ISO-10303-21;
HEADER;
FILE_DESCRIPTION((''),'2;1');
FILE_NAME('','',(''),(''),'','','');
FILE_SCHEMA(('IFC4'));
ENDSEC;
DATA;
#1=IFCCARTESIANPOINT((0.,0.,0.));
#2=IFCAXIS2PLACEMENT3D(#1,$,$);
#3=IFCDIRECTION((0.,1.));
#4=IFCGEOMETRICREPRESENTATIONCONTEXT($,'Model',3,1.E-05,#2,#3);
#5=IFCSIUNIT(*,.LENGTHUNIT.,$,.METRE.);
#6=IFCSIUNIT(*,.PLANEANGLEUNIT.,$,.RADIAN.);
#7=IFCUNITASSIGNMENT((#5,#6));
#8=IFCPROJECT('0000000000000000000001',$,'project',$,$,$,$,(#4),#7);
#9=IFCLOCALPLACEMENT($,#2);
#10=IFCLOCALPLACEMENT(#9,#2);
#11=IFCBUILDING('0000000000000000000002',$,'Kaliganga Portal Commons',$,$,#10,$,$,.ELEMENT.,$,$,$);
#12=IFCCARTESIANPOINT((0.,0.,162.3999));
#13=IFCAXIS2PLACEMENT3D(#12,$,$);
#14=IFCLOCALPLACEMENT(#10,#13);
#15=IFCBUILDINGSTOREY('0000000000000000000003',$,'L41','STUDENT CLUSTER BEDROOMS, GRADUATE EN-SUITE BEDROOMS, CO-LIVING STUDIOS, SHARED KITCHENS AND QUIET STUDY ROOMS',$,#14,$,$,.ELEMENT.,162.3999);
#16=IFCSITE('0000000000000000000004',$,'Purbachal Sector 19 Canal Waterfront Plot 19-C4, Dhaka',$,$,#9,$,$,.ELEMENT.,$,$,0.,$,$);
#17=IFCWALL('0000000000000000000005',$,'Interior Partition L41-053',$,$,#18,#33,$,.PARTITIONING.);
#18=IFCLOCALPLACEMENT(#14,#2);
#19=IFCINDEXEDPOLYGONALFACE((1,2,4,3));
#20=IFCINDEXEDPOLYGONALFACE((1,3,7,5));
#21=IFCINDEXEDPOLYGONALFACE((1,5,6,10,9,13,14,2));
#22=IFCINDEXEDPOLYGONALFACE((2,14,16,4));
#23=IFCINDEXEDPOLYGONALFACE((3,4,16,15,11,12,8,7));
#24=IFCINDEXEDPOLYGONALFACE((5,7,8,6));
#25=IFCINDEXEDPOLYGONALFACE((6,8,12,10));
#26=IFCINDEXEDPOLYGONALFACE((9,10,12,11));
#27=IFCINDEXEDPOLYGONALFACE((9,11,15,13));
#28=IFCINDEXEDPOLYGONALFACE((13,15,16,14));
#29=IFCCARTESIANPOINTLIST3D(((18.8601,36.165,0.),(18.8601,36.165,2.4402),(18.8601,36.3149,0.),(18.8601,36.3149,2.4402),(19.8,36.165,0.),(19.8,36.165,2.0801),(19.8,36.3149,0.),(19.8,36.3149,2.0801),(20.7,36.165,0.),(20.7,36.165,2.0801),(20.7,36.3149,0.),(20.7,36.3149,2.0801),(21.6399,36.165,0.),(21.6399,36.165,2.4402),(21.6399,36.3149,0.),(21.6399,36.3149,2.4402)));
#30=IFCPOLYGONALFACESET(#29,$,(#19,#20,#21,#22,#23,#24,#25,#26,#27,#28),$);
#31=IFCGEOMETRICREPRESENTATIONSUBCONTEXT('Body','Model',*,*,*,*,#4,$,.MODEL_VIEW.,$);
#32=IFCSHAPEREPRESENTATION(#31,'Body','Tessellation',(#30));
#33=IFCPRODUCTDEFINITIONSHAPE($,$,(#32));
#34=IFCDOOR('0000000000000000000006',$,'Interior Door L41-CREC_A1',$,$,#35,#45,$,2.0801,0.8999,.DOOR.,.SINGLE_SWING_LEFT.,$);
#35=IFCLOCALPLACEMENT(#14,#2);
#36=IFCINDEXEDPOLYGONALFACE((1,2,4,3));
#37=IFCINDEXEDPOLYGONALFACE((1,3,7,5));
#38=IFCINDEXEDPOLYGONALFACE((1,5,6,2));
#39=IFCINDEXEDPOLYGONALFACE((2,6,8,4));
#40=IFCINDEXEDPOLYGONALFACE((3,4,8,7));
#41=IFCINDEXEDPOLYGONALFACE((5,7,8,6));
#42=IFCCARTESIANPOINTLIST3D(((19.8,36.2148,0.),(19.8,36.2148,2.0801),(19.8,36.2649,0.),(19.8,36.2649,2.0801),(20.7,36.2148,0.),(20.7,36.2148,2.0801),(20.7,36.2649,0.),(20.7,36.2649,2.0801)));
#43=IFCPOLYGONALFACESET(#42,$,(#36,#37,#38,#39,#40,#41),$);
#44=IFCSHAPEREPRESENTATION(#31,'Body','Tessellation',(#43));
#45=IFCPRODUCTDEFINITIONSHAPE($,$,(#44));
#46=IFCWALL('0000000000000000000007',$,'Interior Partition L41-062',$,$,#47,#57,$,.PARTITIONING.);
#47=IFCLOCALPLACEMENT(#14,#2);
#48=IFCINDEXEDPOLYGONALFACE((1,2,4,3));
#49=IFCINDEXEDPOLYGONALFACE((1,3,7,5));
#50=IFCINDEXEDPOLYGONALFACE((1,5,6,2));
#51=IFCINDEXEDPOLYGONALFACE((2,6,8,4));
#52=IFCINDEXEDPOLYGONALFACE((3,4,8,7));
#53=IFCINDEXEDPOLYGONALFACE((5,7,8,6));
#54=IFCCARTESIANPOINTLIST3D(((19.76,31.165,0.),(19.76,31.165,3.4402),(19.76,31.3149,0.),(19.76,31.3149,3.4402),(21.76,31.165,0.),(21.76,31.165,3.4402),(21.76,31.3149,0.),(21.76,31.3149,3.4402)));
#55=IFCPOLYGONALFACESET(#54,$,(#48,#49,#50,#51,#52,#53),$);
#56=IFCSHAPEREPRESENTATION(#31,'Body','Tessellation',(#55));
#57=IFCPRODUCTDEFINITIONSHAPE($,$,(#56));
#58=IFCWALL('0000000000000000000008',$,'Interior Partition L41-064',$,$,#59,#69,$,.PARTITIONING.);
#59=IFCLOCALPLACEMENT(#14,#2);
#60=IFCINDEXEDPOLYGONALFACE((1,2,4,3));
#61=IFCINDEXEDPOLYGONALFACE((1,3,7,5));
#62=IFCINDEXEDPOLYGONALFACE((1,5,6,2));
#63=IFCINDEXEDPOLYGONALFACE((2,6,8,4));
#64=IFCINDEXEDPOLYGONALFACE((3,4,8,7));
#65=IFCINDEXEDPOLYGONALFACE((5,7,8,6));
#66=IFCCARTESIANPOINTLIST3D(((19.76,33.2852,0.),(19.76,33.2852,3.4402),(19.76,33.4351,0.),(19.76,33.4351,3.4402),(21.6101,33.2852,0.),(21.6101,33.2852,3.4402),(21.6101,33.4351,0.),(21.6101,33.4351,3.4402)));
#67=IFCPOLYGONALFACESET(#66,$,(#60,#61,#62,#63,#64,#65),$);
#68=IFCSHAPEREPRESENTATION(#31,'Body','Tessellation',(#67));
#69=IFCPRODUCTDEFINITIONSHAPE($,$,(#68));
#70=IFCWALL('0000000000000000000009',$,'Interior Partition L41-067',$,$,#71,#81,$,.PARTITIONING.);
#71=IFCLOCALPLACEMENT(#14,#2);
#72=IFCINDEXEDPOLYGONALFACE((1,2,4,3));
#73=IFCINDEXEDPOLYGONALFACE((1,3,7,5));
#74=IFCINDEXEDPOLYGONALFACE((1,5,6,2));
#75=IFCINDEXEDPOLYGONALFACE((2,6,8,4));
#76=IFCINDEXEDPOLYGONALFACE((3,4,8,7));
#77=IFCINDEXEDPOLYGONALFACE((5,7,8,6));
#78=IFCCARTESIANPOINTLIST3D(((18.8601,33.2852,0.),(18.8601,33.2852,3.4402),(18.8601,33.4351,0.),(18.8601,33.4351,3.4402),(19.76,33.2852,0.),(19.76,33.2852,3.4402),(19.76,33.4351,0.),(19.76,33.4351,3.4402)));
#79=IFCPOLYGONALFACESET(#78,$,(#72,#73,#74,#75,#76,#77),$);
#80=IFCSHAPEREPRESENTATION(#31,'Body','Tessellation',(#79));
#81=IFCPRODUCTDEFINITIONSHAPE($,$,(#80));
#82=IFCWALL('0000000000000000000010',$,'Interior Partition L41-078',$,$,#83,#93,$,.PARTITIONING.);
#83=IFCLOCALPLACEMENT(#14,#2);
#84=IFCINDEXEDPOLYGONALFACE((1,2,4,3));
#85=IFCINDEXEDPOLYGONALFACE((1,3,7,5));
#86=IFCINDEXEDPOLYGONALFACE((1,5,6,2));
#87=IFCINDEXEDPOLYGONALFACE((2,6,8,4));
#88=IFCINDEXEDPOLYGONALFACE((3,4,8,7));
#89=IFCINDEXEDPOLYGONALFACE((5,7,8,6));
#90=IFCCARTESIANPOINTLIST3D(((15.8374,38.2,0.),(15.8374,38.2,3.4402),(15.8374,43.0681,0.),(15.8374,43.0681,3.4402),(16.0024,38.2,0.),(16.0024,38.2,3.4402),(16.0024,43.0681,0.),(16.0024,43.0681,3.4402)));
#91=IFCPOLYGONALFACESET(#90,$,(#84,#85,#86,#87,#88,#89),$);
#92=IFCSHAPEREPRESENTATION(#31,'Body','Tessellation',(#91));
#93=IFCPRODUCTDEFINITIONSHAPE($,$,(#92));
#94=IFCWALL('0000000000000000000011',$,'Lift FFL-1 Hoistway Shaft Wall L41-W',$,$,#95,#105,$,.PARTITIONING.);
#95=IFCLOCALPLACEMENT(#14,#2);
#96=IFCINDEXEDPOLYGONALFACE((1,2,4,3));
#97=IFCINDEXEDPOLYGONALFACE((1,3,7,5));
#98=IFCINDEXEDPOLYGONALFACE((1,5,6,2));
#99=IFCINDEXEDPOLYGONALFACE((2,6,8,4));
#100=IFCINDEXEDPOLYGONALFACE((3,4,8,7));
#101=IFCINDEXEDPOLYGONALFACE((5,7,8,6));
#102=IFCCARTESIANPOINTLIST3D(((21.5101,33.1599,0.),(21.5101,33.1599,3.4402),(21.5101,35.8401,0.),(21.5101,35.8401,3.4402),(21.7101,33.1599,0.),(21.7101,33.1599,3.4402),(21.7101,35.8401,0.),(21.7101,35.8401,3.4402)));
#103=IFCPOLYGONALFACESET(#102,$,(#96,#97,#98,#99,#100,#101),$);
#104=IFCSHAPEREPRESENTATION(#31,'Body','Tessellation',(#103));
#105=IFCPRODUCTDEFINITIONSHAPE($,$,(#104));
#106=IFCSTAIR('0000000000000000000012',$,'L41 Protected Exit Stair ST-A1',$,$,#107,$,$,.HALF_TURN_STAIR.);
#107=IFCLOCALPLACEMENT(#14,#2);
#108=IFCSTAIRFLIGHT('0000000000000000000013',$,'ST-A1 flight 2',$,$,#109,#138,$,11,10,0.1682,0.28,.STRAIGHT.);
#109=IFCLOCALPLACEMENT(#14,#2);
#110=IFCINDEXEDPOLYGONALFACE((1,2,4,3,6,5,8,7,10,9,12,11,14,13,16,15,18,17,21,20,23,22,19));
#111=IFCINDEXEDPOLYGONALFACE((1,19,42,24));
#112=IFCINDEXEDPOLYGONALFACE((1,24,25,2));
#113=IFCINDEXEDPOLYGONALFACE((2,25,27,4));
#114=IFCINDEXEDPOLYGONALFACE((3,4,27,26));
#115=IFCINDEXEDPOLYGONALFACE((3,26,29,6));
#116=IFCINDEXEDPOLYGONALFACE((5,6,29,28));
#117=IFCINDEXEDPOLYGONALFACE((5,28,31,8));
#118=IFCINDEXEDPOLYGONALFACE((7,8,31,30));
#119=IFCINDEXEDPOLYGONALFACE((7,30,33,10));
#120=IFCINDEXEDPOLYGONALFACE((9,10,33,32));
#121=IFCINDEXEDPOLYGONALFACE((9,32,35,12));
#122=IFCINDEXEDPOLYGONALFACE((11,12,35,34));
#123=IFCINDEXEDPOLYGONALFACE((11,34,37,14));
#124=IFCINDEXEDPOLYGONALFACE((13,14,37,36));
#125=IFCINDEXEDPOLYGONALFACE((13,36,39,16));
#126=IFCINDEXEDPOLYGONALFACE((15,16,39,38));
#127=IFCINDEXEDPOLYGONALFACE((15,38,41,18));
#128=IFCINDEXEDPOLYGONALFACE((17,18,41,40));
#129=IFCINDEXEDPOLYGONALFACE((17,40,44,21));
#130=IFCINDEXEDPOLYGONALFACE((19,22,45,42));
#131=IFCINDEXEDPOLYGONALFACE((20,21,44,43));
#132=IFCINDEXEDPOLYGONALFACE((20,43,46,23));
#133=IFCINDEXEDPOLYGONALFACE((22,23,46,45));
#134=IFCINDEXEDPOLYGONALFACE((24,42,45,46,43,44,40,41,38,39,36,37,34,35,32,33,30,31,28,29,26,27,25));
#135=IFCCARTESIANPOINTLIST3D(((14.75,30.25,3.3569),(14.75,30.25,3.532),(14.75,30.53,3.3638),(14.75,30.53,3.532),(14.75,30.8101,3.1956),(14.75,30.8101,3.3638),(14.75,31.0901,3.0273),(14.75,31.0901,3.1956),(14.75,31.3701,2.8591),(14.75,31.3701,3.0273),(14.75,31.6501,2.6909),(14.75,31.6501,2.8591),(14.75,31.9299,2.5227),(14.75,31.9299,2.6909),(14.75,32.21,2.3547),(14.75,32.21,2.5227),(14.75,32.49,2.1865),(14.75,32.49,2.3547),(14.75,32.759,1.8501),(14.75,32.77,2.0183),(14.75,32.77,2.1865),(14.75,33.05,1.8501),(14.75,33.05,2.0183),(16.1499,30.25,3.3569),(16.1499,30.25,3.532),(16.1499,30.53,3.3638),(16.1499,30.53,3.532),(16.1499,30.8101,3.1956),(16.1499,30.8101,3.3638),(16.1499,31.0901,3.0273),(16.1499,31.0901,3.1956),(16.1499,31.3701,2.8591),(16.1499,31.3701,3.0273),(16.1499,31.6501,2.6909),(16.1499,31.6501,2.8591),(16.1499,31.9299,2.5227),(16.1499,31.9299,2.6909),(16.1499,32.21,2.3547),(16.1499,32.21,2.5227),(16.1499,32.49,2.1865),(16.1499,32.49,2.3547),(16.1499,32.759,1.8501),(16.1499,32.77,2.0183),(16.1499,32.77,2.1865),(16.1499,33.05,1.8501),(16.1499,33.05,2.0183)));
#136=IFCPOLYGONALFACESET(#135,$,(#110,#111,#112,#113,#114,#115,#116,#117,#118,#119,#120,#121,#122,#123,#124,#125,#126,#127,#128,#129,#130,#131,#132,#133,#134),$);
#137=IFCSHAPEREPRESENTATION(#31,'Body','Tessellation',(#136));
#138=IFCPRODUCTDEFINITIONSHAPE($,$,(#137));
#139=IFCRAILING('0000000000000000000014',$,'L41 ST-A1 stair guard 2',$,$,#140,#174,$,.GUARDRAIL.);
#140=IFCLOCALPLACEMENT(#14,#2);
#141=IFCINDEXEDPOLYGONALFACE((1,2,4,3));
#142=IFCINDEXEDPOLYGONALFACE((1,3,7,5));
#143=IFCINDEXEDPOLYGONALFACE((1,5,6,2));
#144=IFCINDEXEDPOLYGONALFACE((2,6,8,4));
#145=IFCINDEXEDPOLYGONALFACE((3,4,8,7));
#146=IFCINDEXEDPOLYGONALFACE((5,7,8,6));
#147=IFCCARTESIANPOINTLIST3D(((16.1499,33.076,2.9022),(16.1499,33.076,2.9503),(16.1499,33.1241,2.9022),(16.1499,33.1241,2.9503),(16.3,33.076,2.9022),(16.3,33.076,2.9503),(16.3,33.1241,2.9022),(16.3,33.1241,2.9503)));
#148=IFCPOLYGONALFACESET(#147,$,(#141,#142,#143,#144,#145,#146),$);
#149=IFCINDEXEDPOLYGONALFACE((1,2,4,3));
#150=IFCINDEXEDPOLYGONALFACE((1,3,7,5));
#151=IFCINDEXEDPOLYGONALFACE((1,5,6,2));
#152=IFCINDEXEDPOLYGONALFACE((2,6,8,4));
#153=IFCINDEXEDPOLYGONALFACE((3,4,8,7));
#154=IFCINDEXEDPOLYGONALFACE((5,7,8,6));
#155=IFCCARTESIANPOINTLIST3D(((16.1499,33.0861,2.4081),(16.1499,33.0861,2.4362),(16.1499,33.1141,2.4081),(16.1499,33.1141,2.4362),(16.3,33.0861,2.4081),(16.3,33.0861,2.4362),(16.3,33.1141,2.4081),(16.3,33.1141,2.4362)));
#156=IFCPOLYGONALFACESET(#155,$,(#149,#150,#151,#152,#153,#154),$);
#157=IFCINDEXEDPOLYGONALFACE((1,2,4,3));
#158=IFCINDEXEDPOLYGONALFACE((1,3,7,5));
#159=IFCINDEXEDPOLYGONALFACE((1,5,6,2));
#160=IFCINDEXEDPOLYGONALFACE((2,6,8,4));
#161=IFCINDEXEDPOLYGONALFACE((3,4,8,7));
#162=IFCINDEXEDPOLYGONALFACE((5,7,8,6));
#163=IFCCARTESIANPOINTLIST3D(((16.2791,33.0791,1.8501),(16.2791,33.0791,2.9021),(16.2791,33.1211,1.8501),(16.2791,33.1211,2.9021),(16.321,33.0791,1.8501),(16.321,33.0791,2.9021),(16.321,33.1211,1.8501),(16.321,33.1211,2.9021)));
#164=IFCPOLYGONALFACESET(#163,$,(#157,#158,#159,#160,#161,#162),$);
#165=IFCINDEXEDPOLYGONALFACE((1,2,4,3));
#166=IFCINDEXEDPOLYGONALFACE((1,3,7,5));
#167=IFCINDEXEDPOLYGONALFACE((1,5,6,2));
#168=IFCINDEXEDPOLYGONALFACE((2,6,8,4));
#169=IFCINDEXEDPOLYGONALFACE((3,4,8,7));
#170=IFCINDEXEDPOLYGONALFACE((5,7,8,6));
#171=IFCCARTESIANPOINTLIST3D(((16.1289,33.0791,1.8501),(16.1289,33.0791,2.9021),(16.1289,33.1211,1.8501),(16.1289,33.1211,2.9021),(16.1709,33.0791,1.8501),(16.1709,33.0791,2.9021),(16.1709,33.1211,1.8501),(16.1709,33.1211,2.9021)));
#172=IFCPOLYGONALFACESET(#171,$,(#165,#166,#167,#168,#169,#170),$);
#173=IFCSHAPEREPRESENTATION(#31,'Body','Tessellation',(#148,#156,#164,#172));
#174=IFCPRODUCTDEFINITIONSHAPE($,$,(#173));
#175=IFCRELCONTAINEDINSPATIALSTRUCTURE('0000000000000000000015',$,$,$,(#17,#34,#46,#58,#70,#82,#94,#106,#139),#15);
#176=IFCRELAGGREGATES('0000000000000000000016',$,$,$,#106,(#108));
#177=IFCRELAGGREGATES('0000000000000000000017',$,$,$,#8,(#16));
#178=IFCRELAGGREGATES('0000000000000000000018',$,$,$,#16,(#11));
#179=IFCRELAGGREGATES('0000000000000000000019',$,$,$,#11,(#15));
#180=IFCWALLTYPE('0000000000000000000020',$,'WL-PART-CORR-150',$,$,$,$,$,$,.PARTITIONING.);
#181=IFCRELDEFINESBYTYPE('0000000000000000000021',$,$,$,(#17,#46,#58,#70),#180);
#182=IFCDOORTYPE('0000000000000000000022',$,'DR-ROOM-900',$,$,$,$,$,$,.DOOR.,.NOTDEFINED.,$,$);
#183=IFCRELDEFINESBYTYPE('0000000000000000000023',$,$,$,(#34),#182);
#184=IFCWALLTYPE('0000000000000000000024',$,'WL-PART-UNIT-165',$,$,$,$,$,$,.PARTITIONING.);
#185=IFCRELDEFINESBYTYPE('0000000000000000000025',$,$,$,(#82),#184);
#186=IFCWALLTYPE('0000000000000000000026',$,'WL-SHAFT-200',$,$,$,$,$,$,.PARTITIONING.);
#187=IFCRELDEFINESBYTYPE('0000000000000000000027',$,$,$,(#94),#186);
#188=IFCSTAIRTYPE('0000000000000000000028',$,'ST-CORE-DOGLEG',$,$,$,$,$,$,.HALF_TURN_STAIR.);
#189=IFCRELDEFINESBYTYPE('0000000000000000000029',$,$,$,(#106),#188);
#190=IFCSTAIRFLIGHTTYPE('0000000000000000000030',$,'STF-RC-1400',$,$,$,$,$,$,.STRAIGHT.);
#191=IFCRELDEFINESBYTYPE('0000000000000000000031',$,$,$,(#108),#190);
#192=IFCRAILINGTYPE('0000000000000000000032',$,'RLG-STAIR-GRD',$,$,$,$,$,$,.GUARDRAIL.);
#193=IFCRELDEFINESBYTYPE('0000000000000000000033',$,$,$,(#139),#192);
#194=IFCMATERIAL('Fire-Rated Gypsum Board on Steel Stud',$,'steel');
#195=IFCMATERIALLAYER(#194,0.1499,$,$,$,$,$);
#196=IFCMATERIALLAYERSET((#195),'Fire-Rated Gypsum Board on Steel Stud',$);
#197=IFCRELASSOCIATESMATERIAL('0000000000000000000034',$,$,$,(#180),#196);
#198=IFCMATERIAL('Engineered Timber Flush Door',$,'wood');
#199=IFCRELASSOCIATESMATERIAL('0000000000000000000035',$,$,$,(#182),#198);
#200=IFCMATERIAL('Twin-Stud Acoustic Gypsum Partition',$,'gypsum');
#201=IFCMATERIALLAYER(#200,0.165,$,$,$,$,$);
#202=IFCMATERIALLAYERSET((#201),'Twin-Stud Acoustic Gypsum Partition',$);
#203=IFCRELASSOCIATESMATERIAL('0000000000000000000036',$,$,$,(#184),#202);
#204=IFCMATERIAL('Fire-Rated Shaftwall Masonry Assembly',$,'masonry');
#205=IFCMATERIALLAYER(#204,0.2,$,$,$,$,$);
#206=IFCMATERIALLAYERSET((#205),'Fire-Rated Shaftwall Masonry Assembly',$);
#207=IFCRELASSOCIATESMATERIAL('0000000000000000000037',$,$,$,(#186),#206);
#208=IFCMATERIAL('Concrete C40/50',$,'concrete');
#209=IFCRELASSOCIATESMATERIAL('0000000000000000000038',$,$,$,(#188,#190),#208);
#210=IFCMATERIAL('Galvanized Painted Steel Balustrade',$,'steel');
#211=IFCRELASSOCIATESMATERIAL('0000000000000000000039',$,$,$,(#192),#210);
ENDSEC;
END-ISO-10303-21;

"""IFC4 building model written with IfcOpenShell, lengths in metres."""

from ifc_helpers import new_model, si_unit, direction, frame, frame_2d, origin, origin_2d, place, context, subcontext, project, spatial, polyline, rectangle, outline, extrude, material, layer, layer_set, type_object, element, fill, aggregate, save


model = new_model("IFC4")

# Units and contexts
model_context = context("Model", 3, precision=1e-05, world=origin(), true_north=direction((0.0, 1.0)))
body_context = subcontext(model_context, "Body", "Model", "MODEL_VIEW")
ifc_project = project(units=[si_unit("LENGTHUNIT", "METRE"), si_unit("PLANEANGLEUNIT", "RADIAN")], contexts=[model_context])

# Site, building, storey
site_placement = place(None, origin())
site = spatial("IfcSite", under=ifc_project, at=site_placement, Name="Purbachal Sector 19 Canal Waterfront Plot 19-C4, Dhaka", CompositionType="ELEMENT", RefElevation=0.0)
building_placement = place(site_placement, origin())
building = spatial("IfcBuilding", under=site, at=building_placement, Name="Kaliganga Portal Commons", CompositionType="ELEMENT")
storey_placement = place(building_placement, frame((0.0, 0.0, 162.3999)))
storey = spatial("IfcBuildingStorey", under=building, at=storey_placement, Name="L41", Description="STUDENT CLUSTER BEDROOMS, GRADUATE EN-SUITE BEDROOMS, CO-LIVING STUDIOS, SHARED KITCHENS AND QUIET STUDY ROOMS", CompositionType="ELEMENT", Elevation=162.3999)

# Shared definitions
ifc_material_1 = material(Name="Fire-Rated Gypsum Board on Steel Stud", Category="steel")
ifc_layer_1 = layer(ifc_material_1, 0.1499)
ifc_layer_set_1 = layer_set([ifc_layer_1], Name="Fire-Rated Gypsum Board on Steel Stud")
wall_type_1 = type_object("IfcWallType", Name="WL-PART-CORR-150", PredefinedType="PARTITIONING", material=ifc_layer_set_1)

# Wall, opening, door
wall_1_placement = place(storey_placement, frame((18.8601, 36.24, 0.0), z_axis=(0.0, 0.0, 1.0), x_axis=(1.0, 0.0, 0.0)))
wall_1 = element("IfcWall", 1, at=wall_1_placement, inside=storey, type_object=wall_type_1, Name="Interior Partition L41-053", PredefinedType="PARTITIONING", context=body_context, shape_type="SweptSolid", body=[
    extrude(rectangle(XDim=2.7798, YDim=0.1499, at=frame_2d((1.3899, 0.0))), origin(), (0.0, 0.0, 1.0), 2.4402),
])
opening_1_placement = place(wall_1_placement, frame((0.9399, 0.0, 0.0)))
opening_1 = element("IfcOpeningElement", 2, at=opening_1_placement, cuts=wall_1, PredefinedType="OPENING", context=body_context, shape_type="SweptSolid", body=[
    extrude(rectangle(XDim=0.8999, YDim=2.0801, at=frame_2d((0.45, 1.04))), frame((0.0, 0.085, 0.0), z_axis=(0.0, -1.0, 0.0), x_axis=(1.0, 0.0, 0.0)), (0.0, 0.0, 1.0), 0.1699),
])
ifc_material_2 = material(Name="Engineered Timber Flush Door", Category="wood")
door_type_1 = type_object("IfcDoorType", Name="DR-ROOM-900", OperationType="NOTDEFINED", PredefinedType="DOOR", material=ifc_material_2)
door_1_placement = place(opening_1_placement, origin())
door_1 = element("IfcDoor", 3, at=door_1_placement, inside=storey, type_object=door_type_1, Name="Interior Door L41-CREC_A1", OperationType="SINGLE_SWING_LEFT", OverallHeight=2.0801, OverallWidth=0.8999, PredefinedType="DOOR", context=body_context, shape_type="SweptSolid", body=[
    extrude(rectangle(XDim=0.8999, YDim=2.0801, at=frame_2d((0.45, 1.04))), frame((0.0, 0.0249, 0.0), z_axis=(0.0, -1.0, 0.0), x_axis=(1.0, 0.0, 0.0)), (0.0, 0.0, 1.0), 0.05),
])
fill(opening_1, door_1)

# Walls
wall_2_placement = place(storey_placement, frame((19.76, 31.24, 0.0), z_axis=(0.0, 0.0, 1.0), x_axis=(1.0, 0.0, 0.0)))
element("IfcWall", 4, at=wall_2_placement, inside=storey, type_object=wall_type_1, Name="Interior Partition L41-062", PredefinedType="PARTITIONING", context=body_context, shape_type="SweptSolid", body=[
    extrude(rectangle(XDim=2.0, YDim=0.1499, at=frame_2d((1.0, 0.0))), origin(), (0.0, 0.0, 1.0), 3.4402),
])
wall_3_placement = place(storey_placement, frame((19.76, 33.3601, 0.0), z_axis=(0.0, 0.0, 1.0), x_axis=(1.0, 0.0, 0.0)))
element("IfcWall", 5, at=wall_3_placement, inside=storey, type_object=wall_type_1, Name="Interior Partition L41-064", PredefinedType="PARTITIONING", context=body_context, shape_type="SweptSolid", body=[
    extrude(rectangle(XDim=1.8501, YDim=0.1499, at=frame_2d((0.925, 0.0))), origin(), (0.0, 0.0, 1.0), 3.4402),
])
wall_4_placement = place(storey_placement, frame((18.8601, 33.3601, 0.0), z_axis=(0.0, 0.0, 1.0), x_axis=(1.0, 0.0, 0.0)))
element("IfcWall", 6, at=wall_4_placement, inside=storey, type_object=wall_type_1, Name="Interior Partition L41-067", PredefinedType="PARTITIONING", context=body_context, shape_type="SweptSolid", body=[
    extrude(rectangle(XDim=0.8999, YDim=0.1499, at=frame_2d((0.45, 0.0))), origin(), (0.0, 0.0, 1.0), 3.4402),
])
ifc_material_3 = material(Name="Twin-Stud Acoustic Gypsum Partition", Category="gypsum")
ifc_layer_2 = layer(ifc_material_3, 0.165)
ifc_layer_set_2 = layer_set([ifc_layer_2], Name="Twin-Stud Acoustic Gypsum Partition")
wall_type_2 = type_object("IfcWallType", Name="WL-PART-UNIT-165", PredefinedType="PARTITIONING", material=ifc_layer_set_2)
wall_5_placement = place(storey_placement, frame((15.9199, 38.2, 0.0), z_axis=(0.0, 0.0, 1.0), x_axis=(0.0, 1.0, 0.0)))
element("IfcWall", 7, at=wall_5_placement, inside=storey, type_object=wall_type_2, Name="Interior Partition L41-078", PredefinedType="PARTITIONING", context=body_context, shape_type="SweptSolid", body=[
    extrude(rectangle(XDim=4.8682, YDim=0.165, at=frame_2d((2.4341, 0.0))), origin(), (0.0, 0.0, 1.0), 3.4402),
])
ifc_material_4 = material(Name="Fire-Rated Shaftwall Masonry Assembly", Category="masonry")
ifc_layer_3 = layer(ifc_material_4, 0.2)
ifc_layer_set_3 = layer_set([ifc_layer_3], Name="Fire-Rated Shaftwall Masonry Assembly")
wall_type_3 = type_object("IfcWallType", Name="WL-SHAFT-200", PredefinedType="PARTITIONING", material=ifc_layer_set_3)
wall_6_placement = place(storey_placement, frame((21.6101, 33.1599, 0.0), z_axis=(0.0, 0.0, 1.0), x_axis=(0.0, 1.0, 0.0)))
element("IfcWall", 8, at=wall_6_placement, inside=storey, type_object=wall_type_3, Name="Lift FFL-1 Hoistway Shaft Wall L41-W", PredefinedType="PARTITIONING", context=body_context, shape_type="SweptSolid", body=[
    extrude(rectangle(XDim=2.6802, YDim=0.2, at=frame_2d((1.3401, 0.0))), origin(), (0.0, 0.0, 1.0), 3.4402),
])

# Stair, stair flight
ifc_material_5 = material(Name="Concrete C40/50", Category="concrete")
stair_type = type_object("IfcStairType", Name="ST-CORE-DOGLEG", PredefinedType="HALF_TURN_STAIR", material=ifc_material_5)
stair_placement = place(storey_placement, origin())
stair = element("IfcStair", 9, at=stair_placement, inside=storey, type_object=stair_type, Name="L41 Protected Exit Stair ST-A1", PredefinedType="HALF_TURN_STAIR")
stair_flight_type = type_object("IfcStairFlightType", Name="STF-RC-1400", PredefinedType="STRAIGHT", material=ifc_material_5)
stair_flight_placement = place(storey_placement, frame((15.45, 33.05, 1.8501), z_axis=(0.0, 0.0, 1.0), x_axis=(0.0, -1.0, 0.0)))
stair_flight = element("IfcStairFlight", 10, at=stair_flight_placement, type_object=stair_flight_type, Name="ST-A1 flight 2", NumberOfRisers=11, NumberOfTreads=10, PredefinedType="STRAIGHT", RiserHeight=0.1682, TreadLength=0.28, context=body_context, shape_type="SweptSolid", body=[
    extrude(outline(polyline([(0.0, 0.0), (0.0, 0.1682), (0.28, 0.1682), (0.28, 0.3364), (0.5601, 0.3364), (0.5601, 0.5046), (0.8401, 0.5046), (0.8401, 0.6726), (1.1201, 0.6726), (1.1201, 0.8408), (1.3999, 0.8408), (1.3999, 1.009), (1.6799, 1.009), (1.6799, 1.1772), (1.96, 1.1772), (1.96, 1.3455), (2.24, 1.3455), (2.24, 1.5137), (2.52, 1.5137), (2.52, 1.6819), (2.8, 1.6819), (2.8, 1.8501), (2.8, 1.5068), (0.291, 0.0), (0.0, 0.0)])), frame((0.0, 0.7, 0.0), z_axis=(0.0, -1.0, 0.0), x_axis=(1.0, 0.0, 0.0)), (0.0, 0.0, 1.0), 1.3999),
])
aggregate(stair, [stair_flight])

# Railing
ifc_material_6 = material(Name="Galvanized Painted Steel Balustrade", Category="steel")
railing_type = type_object("IfcRailingType", Name="RLG-STAIR-GRD", PredefinedType="GUARDRAIL", material=ifc_material_6)
railing_1_placement = place(storey_placement, frame((16.3, 33.1001, 1.8501)))
element("IfcRailing", 11, at=railing_1_placement, inside=storey, type_object=railing_type, Name="L41 ST-A1 stair guard 2", PredefinedType="GUARDRAIL", context=body_context, shape_type="SweptSolid", body=[
    extrude(rectangle(XDim=0.0481, YDim=0.0481, at=origin_2d()), frame((0.0, 0.0, 1.0762), z_axis=(-1.0, 0.0, 0.0), x_axis=(0.0, -1.0, 0.0)), (0.0, 0.0, 1.0), 0.1501),
    extrude(rectangle(XDim=0.0281, YDim=0.0281, at=origin_2d()), frame((0.0, 0.0, 0.572), z_axis=(-1.0, 0.0, 0.0), x_axis=(0.0, -1.0, 0.0)), (0.0, 0.0, 1.0), 0.1501),
    extrude(rectangle(XDim=0.042, YDim=0.042, at=origin_2d()), origin(), (0.0, 0.0, 1.0), 1.052),
    extrude(rectangle(XDim=0.042, YDim=0.042, at=origin_2d()), frame((-0.1501, 0.0, 0.0)), (0.0, 0.0, 1.0), 1.052),
])

save(model, "model.ifc")
